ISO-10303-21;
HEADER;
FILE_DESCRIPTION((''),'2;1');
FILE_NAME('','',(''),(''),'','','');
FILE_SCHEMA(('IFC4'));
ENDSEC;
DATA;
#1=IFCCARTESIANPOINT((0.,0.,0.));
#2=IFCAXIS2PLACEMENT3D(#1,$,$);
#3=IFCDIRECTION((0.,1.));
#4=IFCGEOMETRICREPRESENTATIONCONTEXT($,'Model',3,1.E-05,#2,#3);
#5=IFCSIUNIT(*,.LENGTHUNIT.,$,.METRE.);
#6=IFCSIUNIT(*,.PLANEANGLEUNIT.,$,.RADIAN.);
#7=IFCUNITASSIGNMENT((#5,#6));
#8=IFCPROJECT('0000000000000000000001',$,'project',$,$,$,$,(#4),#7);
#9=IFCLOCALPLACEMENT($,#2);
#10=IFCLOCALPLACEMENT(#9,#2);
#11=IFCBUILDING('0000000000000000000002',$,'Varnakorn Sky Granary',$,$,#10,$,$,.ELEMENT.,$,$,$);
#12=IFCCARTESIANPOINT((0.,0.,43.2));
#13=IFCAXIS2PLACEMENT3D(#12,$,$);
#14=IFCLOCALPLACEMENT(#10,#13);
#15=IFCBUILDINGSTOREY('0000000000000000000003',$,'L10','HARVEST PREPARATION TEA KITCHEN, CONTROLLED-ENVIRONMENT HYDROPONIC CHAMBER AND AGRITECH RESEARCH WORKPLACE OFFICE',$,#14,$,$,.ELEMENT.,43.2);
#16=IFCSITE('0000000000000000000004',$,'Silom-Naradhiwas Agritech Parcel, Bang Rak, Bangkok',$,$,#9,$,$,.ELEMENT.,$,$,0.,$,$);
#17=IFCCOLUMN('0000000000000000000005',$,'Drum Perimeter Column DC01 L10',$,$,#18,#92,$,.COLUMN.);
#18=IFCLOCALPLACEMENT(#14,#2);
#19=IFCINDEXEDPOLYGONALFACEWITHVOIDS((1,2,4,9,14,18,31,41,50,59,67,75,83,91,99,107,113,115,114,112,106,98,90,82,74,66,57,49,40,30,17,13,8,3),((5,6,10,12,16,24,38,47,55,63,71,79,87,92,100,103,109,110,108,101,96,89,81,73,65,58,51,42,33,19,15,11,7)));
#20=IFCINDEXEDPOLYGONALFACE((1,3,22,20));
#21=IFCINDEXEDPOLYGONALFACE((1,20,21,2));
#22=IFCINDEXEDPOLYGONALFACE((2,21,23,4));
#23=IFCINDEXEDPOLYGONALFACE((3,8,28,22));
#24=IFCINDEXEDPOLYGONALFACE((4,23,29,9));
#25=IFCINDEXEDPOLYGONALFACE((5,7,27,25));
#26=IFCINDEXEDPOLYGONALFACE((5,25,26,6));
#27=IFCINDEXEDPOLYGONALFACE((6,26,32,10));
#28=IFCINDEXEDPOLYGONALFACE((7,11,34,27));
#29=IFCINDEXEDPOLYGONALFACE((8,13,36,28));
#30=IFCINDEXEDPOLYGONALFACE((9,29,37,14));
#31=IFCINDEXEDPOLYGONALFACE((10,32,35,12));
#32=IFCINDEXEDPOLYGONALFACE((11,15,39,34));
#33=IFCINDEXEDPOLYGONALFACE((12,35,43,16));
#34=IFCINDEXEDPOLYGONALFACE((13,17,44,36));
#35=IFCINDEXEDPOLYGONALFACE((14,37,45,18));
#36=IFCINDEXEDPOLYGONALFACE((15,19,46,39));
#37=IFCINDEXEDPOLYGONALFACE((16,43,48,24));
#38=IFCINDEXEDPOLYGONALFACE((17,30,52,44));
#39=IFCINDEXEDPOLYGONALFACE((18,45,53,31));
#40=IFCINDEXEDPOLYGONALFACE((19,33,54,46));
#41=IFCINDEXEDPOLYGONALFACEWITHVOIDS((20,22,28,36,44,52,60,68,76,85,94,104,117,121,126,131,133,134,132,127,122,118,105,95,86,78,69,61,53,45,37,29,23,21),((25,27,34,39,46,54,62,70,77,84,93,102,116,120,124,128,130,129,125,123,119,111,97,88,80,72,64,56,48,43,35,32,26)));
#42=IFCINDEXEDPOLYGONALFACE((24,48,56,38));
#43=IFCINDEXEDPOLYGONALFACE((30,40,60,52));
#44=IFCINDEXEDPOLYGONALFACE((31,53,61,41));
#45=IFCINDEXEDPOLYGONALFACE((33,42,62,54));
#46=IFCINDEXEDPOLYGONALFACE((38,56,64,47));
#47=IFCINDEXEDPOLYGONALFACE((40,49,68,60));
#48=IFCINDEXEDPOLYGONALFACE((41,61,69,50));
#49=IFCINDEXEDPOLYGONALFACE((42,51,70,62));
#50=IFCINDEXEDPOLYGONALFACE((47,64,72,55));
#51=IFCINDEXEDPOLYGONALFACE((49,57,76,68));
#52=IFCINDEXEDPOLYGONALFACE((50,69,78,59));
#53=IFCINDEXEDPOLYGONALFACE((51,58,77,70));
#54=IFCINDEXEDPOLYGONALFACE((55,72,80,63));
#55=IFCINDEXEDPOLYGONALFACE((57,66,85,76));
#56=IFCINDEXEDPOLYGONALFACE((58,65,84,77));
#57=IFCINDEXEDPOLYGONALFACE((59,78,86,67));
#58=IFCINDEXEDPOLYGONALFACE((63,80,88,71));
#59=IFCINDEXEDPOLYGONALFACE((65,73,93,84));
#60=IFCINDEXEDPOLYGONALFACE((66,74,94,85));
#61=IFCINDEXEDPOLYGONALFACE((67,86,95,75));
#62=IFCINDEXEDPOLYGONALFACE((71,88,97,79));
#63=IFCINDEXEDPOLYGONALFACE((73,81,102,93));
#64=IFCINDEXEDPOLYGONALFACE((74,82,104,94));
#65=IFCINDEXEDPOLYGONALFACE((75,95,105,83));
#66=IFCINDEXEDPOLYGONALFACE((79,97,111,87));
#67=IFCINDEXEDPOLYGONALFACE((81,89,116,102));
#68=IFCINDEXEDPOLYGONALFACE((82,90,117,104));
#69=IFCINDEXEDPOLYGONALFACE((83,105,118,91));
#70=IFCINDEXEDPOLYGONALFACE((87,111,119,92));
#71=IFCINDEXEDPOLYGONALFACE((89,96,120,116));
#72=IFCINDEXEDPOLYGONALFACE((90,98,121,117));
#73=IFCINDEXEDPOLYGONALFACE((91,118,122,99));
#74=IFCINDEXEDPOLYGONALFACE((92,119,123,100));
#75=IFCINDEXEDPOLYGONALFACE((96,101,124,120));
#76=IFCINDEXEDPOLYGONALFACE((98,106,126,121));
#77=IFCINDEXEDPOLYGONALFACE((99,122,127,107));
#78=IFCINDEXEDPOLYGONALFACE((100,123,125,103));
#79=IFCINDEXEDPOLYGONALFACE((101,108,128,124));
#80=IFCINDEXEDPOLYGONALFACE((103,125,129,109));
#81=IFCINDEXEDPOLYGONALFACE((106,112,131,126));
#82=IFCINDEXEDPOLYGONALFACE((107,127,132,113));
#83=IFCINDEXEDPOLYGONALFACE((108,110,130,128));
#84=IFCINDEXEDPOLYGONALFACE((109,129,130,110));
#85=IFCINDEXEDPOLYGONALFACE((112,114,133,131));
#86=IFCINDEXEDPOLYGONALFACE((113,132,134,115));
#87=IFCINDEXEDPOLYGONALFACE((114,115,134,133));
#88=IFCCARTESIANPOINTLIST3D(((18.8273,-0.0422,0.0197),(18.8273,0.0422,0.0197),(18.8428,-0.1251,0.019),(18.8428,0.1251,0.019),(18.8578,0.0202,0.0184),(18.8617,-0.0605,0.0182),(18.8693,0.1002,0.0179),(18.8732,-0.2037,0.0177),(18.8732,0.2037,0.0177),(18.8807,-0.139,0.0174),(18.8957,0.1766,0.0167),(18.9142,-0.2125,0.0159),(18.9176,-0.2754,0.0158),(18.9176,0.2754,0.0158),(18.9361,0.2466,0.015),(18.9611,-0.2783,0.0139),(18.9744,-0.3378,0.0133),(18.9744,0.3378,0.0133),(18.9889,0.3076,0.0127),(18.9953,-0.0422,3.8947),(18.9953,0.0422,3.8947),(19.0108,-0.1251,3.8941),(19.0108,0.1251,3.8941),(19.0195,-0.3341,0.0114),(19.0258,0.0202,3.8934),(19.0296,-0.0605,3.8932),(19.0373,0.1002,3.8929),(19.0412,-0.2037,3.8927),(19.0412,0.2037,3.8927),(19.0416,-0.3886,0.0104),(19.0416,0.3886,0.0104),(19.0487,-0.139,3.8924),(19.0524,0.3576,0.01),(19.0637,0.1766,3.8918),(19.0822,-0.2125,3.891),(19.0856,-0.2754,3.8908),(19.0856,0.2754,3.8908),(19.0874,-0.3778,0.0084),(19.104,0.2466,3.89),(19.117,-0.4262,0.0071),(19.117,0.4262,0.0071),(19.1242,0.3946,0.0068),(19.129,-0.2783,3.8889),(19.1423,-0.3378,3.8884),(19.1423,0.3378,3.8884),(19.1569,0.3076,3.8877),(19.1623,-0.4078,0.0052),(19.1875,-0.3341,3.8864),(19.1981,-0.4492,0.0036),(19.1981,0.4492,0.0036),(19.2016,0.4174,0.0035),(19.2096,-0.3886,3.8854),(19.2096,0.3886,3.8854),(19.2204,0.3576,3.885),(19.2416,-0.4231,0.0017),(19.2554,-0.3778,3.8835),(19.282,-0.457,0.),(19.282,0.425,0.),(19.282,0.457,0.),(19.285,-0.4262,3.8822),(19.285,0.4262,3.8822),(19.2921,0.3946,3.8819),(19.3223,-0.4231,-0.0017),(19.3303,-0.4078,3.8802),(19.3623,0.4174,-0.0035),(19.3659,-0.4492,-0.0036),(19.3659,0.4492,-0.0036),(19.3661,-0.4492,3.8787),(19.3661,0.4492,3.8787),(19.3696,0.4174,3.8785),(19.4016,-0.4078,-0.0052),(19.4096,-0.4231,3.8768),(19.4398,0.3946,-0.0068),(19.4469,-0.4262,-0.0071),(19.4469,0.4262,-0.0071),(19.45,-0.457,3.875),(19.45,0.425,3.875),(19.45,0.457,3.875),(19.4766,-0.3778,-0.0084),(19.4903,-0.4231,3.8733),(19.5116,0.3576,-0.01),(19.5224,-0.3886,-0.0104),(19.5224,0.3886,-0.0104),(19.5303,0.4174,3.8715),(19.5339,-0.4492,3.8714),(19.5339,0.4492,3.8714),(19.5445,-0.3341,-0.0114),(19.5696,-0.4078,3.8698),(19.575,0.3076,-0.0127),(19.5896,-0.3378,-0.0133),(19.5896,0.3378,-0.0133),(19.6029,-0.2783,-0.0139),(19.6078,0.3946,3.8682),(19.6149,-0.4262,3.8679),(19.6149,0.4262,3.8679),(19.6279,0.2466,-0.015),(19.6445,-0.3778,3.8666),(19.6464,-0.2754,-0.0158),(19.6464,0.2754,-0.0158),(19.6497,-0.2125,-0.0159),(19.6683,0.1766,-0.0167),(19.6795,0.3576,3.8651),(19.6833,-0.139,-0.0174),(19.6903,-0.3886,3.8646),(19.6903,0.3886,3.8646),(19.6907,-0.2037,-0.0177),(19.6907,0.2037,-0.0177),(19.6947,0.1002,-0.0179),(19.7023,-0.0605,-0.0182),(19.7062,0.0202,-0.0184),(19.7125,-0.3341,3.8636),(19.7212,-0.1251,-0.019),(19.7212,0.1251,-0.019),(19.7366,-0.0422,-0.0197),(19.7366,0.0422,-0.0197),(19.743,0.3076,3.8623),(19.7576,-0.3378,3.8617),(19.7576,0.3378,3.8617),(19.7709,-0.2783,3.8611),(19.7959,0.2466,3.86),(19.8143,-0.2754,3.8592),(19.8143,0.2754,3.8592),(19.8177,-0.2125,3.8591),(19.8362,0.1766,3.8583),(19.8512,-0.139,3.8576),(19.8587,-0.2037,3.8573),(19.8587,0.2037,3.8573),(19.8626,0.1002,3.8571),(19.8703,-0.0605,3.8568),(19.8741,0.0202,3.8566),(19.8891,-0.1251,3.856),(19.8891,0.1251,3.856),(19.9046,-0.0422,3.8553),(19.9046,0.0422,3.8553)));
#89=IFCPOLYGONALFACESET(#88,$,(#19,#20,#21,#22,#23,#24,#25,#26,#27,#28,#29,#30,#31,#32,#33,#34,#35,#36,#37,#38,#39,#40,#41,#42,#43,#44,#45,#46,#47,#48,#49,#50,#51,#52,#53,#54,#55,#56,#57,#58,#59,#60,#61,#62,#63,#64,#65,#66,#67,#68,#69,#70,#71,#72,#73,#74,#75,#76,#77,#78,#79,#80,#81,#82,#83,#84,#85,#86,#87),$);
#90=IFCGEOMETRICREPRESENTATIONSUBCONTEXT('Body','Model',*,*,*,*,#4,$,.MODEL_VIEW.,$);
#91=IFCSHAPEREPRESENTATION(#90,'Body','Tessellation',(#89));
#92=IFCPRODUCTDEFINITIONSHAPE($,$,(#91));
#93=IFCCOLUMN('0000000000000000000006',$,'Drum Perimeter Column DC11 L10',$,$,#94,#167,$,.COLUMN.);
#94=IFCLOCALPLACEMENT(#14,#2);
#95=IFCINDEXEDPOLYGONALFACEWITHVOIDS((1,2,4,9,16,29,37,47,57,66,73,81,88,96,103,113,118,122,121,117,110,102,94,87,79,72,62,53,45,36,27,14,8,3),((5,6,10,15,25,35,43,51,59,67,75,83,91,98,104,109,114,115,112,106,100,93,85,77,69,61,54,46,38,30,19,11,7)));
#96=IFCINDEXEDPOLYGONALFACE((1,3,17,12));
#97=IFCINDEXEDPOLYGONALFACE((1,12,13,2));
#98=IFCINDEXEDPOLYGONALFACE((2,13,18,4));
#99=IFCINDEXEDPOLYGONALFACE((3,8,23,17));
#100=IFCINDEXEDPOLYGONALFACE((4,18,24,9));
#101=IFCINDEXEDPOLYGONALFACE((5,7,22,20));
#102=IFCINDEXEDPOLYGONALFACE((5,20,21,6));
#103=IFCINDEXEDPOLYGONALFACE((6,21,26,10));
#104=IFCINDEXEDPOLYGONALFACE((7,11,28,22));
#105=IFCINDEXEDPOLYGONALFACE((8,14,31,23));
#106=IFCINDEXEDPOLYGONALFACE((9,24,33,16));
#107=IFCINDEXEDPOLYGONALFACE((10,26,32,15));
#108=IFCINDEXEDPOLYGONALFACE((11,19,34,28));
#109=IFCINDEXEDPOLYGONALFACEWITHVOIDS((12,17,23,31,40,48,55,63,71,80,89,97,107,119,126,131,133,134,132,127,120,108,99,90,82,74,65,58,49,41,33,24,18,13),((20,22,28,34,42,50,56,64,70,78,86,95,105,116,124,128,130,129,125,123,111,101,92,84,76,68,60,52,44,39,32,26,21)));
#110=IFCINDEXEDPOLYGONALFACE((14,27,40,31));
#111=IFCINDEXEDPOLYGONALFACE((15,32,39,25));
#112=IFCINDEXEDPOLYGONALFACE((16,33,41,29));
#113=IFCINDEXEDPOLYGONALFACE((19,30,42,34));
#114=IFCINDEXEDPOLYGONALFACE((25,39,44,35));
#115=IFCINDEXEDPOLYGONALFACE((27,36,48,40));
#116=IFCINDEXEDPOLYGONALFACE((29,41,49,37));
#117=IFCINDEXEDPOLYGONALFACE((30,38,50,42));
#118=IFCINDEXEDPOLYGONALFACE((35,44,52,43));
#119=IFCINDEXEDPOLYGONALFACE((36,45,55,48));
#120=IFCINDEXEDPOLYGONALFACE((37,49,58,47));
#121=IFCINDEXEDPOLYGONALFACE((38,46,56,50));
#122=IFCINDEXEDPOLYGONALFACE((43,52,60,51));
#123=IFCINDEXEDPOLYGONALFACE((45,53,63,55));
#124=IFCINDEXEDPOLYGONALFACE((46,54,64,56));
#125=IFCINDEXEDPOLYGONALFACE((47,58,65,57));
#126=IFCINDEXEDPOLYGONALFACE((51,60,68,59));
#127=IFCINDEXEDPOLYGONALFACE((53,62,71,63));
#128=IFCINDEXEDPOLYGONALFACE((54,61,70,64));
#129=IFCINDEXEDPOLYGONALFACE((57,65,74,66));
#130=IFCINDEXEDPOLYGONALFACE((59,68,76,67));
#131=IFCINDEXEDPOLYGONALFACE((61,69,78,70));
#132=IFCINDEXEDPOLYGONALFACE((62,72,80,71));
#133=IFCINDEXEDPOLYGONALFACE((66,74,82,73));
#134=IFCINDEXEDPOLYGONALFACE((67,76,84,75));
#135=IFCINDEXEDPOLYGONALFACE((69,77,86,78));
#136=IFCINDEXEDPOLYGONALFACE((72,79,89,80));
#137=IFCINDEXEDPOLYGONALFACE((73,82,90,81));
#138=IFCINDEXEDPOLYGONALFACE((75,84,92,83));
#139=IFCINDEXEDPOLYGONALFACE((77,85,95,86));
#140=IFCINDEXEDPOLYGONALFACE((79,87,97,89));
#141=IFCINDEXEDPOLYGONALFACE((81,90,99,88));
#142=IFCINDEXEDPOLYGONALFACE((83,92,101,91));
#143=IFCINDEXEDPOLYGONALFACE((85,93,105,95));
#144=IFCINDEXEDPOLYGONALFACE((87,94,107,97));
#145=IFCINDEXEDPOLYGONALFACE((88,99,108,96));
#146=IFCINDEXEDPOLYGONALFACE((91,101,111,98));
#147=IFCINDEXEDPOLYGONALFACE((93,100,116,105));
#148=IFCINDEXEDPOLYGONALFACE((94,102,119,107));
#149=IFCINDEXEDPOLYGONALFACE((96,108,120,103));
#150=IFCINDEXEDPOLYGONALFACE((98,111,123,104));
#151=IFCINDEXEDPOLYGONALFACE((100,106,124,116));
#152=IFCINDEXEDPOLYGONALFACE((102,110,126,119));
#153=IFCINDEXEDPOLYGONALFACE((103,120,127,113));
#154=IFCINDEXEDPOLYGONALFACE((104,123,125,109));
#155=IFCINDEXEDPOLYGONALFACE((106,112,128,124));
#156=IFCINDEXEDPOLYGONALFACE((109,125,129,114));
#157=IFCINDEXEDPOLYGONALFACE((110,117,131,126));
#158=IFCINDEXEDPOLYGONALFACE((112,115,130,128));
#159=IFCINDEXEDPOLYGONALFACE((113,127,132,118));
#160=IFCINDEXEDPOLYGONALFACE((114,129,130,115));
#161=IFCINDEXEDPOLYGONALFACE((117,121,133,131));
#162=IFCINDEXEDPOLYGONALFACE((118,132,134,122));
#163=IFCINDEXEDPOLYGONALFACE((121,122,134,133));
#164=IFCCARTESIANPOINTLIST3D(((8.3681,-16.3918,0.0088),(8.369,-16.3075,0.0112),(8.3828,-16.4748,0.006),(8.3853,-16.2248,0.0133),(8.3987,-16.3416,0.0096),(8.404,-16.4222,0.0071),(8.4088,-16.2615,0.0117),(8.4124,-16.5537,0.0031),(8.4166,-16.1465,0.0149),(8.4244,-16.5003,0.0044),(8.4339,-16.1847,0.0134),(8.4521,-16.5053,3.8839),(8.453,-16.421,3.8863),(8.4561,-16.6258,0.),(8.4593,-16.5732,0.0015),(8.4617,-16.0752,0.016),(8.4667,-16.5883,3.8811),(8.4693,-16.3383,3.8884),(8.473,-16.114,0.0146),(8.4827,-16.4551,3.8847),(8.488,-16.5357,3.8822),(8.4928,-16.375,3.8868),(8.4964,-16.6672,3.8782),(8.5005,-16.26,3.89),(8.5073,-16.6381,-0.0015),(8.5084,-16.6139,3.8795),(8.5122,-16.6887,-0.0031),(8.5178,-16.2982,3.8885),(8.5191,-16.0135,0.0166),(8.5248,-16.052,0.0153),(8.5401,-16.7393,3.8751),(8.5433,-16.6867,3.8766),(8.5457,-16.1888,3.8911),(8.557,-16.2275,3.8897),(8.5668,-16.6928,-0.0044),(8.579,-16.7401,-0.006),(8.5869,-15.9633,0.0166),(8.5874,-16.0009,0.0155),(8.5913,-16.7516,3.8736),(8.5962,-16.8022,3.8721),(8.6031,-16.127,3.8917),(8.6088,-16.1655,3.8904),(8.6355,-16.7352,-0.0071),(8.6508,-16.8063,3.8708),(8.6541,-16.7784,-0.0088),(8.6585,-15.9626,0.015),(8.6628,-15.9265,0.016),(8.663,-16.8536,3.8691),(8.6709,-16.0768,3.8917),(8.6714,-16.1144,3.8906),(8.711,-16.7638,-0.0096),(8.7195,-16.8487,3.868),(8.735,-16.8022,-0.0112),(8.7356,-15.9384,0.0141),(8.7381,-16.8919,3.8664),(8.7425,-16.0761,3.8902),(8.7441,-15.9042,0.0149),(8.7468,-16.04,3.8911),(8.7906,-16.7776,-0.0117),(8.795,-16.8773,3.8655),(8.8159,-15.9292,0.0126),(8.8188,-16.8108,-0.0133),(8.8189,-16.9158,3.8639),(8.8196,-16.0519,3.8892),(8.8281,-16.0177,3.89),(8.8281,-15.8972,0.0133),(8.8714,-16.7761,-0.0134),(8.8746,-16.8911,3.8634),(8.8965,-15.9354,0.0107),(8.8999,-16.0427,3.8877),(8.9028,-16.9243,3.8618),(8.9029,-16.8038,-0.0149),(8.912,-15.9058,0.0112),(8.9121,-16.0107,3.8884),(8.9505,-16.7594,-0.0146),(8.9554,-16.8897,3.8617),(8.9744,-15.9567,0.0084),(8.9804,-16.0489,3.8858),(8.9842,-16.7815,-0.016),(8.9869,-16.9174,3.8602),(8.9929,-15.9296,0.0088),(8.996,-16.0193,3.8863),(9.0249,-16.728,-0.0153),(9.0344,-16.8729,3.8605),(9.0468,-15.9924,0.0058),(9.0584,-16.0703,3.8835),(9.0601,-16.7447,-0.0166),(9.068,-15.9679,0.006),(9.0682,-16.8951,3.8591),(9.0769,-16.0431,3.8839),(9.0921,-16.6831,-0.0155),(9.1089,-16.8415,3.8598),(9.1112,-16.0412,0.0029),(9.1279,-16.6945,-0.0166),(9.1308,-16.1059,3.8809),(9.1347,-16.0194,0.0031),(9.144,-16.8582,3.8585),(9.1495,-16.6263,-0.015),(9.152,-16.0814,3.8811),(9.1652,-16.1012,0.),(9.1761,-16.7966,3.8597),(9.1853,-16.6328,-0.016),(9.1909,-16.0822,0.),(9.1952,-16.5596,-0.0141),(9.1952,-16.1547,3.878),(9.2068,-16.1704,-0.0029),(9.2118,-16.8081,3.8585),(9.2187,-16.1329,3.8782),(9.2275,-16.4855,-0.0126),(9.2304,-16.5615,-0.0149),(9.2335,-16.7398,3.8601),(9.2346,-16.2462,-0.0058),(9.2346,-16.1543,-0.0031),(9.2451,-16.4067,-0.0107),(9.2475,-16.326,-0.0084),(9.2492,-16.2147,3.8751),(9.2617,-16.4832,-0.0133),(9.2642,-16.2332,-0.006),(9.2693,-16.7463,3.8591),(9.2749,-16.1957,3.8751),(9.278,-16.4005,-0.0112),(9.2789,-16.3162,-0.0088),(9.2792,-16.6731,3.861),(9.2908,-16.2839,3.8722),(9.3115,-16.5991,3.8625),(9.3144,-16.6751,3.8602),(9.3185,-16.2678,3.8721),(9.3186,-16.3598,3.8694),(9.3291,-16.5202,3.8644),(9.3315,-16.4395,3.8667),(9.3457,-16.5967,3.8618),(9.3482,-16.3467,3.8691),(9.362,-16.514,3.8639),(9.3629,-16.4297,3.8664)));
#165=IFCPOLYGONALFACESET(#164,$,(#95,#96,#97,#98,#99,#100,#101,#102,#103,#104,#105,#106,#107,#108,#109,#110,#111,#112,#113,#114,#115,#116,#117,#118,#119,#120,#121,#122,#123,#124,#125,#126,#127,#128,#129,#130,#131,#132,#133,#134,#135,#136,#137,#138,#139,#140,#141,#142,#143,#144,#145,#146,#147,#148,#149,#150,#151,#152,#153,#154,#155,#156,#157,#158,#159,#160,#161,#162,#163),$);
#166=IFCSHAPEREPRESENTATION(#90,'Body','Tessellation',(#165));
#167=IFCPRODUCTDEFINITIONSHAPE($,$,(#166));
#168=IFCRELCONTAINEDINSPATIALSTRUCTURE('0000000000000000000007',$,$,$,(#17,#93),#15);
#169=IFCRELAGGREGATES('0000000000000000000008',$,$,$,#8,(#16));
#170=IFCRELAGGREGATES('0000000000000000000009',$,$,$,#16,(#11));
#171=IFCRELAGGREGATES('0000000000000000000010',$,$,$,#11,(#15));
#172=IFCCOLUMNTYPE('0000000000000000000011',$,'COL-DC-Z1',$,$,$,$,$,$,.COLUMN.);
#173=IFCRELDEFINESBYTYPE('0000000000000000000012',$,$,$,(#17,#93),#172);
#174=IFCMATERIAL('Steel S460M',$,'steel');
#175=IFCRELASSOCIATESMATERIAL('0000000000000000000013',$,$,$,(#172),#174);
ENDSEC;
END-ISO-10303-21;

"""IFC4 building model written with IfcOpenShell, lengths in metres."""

from ifc_helpers import new_model, si_unit, direction, frame, origin, origin_2d, place, context, subcontext, project, spatial, hollow_circle, extrude, material, material_profile, profile_set, type_object, element, save


model = new_model("IFC4")

# Units and contexts
model_context = context("Model", 3, precision=1e-05, world=origin(), true_north=direction((0.0, 1.0)))
body_context = subcontext(model_context, "Body", "Model", "MODEL_VIEW")
ifc_project = project(units=[si_unit("LENGTHUNIT", "METRE"), si_unit("PLANEANGLEUNIT", "RADIAN")], contexts=[model_context])

# Site, building, storey
site_placement = place(None, origin())
site = spatial("IfcSite", under=ifc_project, at=site_placement, Name="Silom-Naradhiwas Agritech Parcel, Bang Rak, Bangkok", CompositionType="ELEMENT", RefElevation=0.0)
building_placement = place(site_placement, origin())
building = spatial("IfcBuilding", under=site, at=building_placement, Name="Varnakorn Sky Granary", CompositionType="ELEMENT")
storey_placement = place(building_placement, frame((0.0, 0.0, 43.2)))
storey = spatial("IfcBuildingStorey", under=building, at=storey_placement, Name="L10", Description="HARVEST PREPARATION TEA KITCHEN, CONTROLLED-ENVIRONMENT HYDROPONIC CHAMBER AND AGRITECH RESEARCH WORKPLACE OFFICE", CompositionType="ELEMENT", Elevation=43.2)

# Columns
ifc_material_1 = material(Name="Steel S460M", Category="steel")
ifc_material_profile_1 = material_profile(ifc_material_1, hollow_circle(Radius=0.457, WallThickness=0.032, at=origin_2d()), Name="CHS 914x32")
ifc_profile_set_1 = profile_set([ifc_material_profile_1], Name="Steel S460M")
column_type = type_object("IfcColumnType", Name="COL-DC-Z1", PredefinedType="COLUMN", material=ifc_profile_set_1)
column_1_placement = place(storey_placement, frame((19.282, 0.0, 0.0), z_axis=(0.043306, 0.0, 0.999062), x_axis=(0.0, 1.0, 0.0)))
element("IfcColumn", 1, at=column_1_placement, inside=storey, type_object=column_type, Name="Drum Perimeter Column DC01 L10", PredefinedType="COLUMN", context=body_context, shape_type="SweptSolid", body=[
    extrude(hollow_circle(Radius=0.457, WallThickness=0.032, at=origin_2d()), origin(), (0.0, 0.0, 1.0), 3.8787),
])
column_2_placement = place(storey_placement, frame((8.8235, -16.354, 0.0), z_axis=(0.021659, -0.029277, 0.999337), x_axis=(0.803925, 0.594731, 0.0)))
element("IfcColumn", 2, at=column_2_placement, inside=storey, type_object=column_type, Name="Drum Perimeter Column DC11 L10", PredefinedType="COLUMN", context=body_context, shape_type="SweptSolid", body=[
    extrude(hollow_circle(Radius=0.457, WallThickness=0.032, at=origin_2d()), origin(), (0.0, 0.0, 1.0), 3.8777),
])

save(model, "model.ifc")
